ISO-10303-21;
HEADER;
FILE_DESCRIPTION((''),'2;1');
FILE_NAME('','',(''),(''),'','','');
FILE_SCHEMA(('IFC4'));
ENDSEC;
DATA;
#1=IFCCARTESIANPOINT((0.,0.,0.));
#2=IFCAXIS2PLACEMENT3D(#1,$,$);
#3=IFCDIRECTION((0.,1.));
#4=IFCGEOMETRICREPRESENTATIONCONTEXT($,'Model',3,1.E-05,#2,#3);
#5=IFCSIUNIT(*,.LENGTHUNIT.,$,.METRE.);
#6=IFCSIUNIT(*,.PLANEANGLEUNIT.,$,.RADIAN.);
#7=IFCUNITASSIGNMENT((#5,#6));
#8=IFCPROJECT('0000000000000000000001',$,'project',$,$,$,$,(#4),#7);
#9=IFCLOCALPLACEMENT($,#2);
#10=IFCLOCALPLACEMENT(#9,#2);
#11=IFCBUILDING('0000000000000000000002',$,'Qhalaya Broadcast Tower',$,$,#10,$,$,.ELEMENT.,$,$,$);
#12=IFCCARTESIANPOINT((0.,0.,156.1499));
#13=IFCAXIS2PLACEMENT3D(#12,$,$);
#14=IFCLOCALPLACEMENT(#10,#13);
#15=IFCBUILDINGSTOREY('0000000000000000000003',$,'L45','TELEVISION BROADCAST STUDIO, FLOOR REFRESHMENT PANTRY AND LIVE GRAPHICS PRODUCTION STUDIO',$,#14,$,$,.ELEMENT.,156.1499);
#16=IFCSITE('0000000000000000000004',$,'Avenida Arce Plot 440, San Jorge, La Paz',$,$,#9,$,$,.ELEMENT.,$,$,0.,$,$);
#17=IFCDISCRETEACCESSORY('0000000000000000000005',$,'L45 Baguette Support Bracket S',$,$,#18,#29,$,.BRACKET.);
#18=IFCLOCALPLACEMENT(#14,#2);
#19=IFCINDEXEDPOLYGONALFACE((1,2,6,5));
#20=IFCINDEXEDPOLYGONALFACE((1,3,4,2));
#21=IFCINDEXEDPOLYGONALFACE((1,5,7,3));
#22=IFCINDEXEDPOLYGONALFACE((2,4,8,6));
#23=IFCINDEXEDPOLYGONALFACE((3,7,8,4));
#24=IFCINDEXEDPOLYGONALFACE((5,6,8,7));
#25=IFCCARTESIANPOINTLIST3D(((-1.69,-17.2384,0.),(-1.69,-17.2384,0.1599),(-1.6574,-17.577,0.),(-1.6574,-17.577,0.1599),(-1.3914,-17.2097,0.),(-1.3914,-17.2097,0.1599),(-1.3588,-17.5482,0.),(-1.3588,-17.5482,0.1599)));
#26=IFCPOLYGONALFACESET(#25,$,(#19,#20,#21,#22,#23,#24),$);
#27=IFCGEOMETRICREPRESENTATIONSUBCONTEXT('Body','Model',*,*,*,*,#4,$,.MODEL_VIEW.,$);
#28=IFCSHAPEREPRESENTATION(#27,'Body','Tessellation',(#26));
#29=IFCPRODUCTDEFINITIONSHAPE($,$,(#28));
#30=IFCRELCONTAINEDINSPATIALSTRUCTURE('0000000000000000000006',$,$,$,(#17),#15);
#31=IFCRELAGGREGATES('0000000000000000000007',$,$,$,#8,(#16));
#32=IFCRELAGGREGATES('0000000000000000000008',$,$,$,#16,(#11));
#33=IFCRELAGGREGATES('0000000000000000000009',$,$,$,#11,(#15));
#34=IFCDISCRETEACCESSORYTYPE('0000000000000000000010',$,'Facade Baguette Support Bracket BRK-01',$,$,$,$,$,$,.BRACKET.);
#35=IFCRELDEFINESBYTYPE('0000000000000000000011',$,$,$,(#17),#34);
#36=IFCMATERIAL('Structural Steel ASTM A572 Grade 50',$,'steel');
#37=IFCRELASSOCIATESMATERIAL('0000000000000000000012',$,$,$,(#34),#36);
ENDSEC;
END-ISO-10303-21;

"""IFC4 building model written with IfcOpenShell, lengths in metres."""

from ifc_helpers import new_model, si_unit, direction, frame, origin, origin_2d, place, context, subcontext, project, spatial, rectangle, extrude, material, type_object, element, save


model = new_model("IFC4")

# Units and contexts
model_context = context("Model", 3, precision=1e-05, world=origin(), true_north=direction((0.0, 1.0)))
body_context = subcontext(model_context, "Body", "Model", "MODEL_VIEW")
ifc_project = project(units=[si_unit("LENGTHUNIT", "METRE"), si_unit("PLANEANGLEUNIT", "RADIAN")], contexts=[model_context])

# Site, building, storey
site_placement = place(None, origin())
site = spatial("IfcSite", under=ifc_project, at=site_placement, Name="Avenida Arce Plot 440, San Jorge, La Paz", CompositionType="ELEMENT", RefElevation=0.0)
building_placement = place(site_placement, origin())
building = spatial("IfcBuilding", under=site, at=building_placement, Name="Qhalaya Broadcast Tower", CompositionType="ELEMENT")
storey_placement = place(building_placement, frame((0.0, 0.0, 156.1499)))
storey = spatial("IfcBuildingStorey", under=building, at=storey_placement, Name="L45", Description="TELEVISION BROADCAST STUDIO, FLOOR REFRESHMENT PANTRY AND LIVE GRAPHICS PRODUCTION STUDIO", CompositionType="ELEMENT", Elevation=156.1499)

# Shared definitions
ifc_material_1 = material(Name="Structural Steel ASTM A572 Grade 50", Category="steel")

# Discrete accessory
discrete_accessory_type = type_object("IfcDiscreteAccessoryType", Name="Facade Baguette Support Bracket BRK-01", PredefinedType="BRACKET", material=ifc_material_1)
discrete_accessory_placement = place(storey_placement, frame((-1.5244, -17.3933, 0.0), z_axis=(0.0, 0.0, 1.0), x_axis=(0.995396, 0.095846, 0.0)))
element("IfcDiscreteAccessory", 1, at=discrete_accessory_placement, inside=storey, type_object=discrete_accessory_type, Name="L45 Baguette Support Bracket S", PredefinedType="BRACKET", context=body_context, shape_type="SweptSolid", body=[
    extrude(rectangle(XDim=0.3, YDim=0.3401, at=origin_2d()), origin(), (0.0, 0.0, 1.0), 0.1599),
])

save(model, "model.ifc")
